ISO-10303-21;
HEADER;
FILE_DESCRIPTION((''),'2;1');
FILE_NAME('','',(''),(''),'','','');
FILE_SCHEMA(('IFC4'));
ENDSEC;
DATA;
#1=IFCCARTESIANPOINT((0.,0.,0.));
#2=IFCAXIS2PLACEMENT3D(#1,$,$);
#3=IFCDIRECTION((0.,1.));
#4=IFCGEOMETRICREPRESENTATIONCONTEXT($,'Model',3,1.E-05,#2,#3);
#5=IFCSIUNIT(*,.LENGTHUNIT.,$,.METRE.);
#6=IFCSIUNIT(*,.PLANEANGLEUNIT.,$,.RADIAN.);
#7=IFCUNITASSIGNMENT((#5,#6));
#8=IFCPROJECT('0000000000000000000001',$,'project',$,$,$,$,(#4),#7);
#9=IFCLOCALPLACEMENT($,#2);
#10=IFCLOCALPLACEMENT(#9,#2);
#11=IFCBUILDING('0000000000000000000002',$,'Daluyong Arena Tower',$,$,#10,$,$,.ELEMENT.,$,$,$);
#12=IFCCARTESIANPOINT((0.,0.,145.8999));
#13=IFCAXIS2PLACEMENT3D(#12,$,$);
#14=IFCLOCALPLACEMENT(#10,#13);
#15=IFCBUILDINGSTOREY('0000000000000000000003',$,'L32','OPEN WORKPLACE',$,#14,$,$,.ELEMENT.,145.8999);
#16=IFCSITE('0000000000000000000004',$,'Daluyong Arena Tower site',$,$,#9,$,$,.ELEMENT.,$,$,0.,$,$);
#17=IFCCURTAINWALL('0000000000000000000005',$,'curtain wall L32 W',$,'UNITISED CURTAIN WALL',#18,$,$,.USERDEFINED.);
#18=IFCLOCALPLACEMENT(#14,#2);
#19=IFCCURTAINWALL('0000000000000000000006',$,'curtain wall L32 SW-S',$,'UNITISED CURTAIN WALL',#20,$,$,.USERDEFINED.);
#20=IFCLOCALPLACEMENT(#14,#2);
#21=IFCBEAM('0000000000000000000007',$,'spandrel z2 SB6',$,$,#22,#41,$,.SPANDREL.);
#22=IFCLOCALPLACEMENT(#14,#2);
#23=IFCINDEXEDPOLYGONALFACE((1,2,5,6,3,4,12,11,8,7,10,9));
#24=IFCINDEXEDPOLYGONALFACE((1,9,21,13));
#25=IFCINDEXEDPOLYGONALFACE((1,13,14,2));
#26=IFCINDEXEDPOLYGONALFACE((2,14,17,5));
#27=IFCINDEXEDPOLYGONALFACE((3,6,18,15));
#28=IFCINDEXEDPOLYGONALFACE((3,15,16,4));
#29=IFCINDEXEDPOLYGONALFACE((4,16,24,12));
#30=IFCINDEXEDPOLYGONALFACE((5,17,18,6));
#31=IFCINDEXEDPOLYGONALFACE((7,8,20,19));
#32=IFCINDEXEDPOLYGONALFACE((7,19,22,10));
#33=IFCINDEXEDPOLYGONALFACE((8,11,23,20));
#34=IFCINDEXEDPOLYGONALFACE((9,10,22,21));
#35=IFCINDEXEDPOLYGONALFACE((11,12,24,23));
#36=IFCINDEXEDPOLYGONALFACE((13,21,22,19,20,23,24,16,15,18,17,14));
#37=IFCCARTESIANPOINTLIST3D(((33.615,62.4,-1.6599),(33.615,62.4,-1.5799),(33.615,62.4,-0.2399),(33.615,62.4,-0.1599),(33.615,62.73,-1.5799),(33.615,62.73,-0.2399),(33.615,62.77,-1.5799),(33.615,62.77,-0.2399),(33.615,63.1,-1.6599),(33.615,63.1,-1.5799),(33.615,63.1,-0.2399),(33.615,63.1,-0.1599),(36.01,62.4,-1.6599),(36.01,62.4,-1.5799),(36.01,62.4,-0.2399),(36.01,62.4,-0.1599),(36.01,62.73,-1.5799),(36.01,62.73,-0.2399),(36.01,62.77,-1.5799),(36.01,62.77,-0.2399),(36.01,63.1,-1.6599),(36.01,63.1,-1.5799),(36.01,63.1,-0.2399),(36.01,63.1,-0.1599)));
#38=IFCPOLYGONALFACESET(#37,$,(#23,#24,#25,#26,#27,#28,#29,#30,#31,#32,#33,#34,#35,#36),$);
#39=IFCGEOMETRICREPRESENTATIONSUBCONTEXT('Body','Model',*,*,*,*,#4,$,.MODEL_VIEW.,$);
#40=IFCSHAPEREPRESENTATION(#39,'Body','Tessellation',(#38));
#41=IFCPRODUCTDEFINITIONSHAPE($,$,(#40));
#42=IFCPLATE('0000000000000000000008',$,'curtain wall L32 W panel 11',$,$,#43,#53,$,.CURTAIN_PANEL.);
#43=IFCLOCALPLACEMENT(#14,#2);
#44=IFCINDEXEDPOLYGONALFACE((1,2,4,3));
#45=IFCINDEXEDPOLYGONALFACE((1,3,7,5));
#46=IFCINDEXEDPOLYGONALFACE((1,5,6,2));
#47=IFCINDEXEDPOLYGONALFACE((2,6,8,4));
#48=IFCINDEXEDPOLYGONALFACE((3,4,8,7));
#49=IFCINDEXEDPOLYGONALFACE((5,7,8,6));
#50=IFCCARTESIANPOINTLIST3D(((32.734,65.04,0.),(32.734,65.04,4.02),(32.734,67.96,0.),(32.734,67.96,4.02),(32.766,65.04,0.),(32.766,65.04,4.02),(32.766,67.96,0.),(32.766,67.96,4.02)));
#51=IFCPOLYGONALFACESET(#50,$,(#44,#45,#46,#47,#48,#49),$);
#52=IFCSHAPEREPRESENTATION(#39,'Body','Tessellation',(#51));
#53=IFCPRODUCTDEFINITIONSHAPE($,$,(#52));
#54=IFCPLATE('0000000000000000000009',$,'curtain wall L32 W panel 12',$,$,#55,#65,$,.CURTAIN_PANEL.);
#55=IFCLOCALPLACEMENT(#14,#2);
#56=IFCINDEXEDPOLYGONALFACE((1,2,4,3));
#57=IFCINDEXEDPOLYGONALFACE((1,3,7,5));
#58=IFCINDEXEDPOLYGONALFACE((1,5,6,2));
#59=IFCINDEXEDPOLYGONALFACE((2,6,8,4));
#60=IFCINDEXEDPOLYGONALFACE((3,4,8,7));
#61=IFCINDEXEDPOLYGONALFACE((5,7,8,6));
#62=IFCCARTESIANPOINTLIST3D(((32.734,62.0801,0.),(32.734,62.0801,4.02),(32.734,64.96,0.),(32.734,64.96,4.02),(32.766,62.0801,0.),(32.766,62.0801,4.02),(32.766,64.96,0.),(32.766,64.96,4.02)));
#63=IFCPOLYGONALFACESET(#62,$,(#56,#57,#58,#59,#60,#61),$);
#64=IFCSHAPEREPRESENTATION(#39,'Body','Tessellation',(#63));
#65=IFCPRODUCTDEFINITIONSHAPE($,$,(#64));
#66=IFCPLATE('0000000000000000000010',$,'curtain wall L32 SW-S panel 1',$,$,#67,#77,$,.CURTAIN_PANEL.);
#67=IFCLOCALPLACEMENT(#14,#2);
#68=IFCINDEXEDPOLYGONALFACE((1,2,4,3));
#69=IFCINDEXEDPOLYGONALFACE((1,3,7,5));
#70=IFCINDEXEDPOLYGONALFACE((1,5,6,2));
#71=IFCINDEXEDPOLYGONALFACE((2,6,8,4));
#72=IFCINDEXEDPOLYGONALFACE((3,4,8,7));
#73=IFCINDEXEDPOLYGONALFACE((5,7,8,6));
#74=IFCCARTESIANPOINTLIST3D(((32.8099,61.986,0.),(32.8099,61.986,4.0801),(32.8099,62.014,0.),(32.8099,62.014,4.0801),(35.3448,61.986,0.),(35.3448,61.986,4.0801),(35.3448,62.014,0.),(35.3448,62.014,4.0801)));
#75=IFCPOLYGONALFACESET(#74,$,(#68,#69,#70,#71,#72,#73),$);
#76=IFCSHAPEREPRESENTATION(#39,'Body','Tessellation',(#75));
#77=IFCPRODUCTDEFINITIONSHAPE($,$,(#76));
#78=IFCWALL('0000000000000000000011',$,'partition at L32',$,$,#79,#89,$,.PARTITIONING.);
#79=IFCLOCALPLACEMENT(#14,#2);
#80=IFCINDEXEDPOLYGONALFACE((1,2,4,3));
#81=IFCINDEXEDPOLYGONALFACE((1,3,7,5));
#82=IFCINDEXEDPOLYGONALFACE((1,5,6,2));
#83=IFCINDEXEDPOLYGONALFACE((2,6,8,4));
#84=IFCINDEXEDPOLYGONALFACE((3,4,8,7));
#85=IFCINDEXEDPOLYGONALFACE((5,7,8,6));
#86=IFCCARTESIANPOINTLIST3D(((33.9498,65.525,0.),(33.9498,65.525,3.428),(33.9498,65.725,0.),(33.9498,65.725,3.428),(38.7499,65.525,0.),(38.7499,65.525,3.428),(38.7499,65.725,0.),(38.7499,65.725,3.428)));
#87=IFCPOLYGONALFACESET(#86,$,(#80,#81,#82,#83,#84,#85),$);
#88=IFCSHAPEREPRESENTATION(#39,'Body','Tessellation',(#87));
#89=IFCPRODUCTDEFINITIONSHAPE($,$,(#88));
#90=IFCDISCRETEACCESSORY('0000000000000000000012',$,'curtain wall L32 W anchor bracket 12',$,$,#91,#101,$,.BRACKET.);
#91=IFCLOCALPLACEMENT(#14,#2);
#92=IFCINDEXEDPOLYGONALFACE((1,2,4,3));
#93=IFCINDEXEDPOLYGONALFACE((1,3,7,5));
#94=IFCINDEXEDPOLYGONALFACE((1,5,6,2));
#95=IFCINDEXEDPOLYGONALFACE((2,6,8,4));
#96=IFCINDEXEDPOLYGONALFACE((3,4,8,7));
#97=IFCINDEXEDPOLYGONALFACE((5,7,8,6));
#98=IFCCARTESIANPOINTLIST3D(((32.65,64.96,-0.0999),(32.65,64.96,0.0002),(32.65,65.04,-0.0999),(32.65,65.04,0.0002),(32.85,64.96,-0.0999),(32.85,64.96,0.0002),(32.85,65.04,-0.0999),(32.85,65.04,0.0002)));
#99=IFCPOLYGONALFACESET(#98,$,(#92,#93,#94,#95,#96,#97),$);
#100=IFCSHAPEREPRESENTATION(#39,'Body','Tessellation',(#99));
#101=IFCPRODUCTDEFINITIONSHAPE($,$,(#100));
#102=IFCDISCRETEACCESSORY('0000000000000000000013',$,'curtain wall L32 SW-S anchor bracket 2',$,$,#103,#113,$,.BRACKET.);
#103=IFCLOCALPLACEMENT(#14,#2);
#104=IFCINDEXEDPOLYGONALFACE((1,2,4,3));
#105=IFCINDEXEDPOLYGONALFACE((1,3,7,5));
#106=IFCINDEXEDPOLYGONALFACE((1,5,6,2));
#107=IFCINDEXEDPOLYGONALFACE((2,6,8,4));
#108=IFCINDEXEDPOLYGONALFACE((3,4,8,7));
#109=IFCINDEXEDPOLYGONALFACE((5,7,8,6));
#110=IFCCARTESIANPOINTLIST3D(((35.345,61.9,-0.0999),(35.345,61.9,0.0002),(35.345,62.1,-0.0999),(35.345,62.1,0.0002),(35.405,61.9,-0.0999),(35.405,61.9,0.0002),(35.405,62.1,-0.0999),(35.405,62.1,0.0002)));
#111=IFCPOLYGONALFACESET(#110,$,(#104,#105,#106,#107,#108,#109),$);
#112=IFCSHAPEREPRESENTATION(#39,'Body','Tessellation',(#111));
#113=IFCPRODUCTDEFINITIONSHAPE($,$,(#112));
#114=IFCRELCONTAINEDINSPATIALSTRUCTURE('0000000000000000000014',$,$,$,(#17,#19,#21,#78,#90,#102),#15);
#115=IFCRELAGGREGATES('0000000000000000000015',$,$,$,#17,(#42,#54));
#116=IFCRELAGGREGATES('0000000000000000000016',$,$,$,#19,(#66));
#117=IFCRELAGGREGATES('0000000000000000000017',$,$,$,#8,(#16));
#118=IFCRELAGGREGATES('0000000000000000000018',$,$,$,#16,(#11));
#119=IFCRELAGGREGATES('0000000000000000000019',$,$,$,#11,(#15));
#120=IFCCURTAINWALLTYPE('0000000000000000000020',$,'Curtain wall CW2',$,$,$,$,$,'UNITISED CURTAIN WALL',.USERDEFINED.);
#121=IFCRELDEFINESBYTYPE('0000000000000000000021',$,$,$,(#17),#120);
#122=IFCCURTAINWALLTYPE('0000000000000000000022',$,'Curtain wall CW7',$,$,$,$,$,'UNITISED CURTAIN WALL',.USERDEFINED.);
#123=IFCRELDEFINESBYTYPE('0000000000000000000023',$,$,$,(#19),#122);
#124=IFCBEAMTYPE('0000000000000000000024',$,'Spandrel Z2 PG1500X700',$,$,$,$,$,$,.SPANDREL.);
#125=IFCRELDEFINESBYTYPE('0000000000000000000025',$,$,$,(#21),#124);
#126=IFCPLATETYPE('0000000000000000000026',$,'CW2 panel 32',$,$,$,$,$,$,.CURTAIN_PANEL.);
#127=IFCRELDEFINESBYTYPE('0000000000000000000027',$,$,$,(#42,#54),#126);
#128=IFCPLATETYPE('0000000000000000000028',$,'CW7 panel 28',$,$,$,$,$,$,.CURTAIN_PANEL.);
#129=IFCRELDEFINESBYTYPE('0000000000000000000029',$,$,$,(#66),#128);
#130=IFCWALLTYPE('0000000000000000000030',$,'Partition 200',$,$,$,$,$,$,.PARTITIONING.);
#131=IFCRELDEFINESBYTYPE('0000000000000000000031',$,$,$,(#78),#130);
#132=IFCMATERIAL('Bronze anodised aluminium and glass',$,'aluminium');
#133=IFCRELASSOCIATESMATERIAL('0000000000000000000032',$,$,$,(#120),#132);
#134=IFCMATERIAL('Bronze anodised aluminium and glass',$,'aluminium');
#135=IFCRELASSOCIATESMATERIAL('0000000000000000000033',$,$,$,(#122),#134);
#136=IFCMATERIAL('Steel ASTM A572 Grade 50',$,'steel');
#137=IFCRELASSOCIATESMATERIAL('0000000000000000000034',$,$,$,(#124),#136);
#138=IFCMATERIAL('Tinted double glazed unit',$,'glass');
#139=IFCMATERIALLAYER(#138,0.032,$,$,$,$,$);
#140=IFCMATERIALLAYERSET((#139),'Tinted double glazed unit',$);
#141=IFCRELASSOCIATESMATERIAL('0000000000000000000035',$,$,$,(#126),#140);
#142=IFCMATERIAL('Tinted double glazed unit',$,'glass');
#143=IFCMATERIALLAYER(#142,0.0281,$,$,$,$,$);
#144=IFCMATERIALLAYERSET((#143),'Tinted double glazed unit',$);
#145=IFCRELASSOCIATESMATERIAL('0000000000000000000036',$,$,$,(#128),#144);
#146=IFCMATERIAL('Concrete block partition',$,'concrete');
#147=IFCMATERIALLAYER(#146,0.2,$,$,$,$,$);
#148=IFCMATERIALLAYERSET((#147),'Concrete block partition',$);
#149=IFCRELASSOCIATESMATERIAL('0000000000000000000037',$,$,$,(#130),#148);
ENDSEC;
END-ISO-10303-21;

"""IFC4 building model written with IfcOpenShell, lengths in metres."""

from ifc_helpers import new_model, si_unit, direction, frame, frame_2d, origin, origin_2d, place, context, subcontext, project, spatial, rectangle, i_section, extrude, material, layer, layer_set, material_profile, profile_set, type_object, element, aggregate, save


model = new_model("IFC4")

# Units and contexts
model_context = context("Model", 3, precision=1e-05, world=origin(), true_north=direction((0.0, 1.0)))
body_context = subcontext(model_context, "Body", "Model", "MODEL_VIEW")
ifc_project = project(units=[si_unit("LENGTHUNIT", "METRE"), si_unit("PLANEANGLEUNIT", "RADIAN")], contexts=[model_context])

# Site, building, storey
site_placement = place(None, origin())
site = spatial("IfcSite", under=ifc_project, at=site_placement, Name="Daluyong Arena Tower site", CompositionType="ELEMENT", RefElevation=0.0)
building_placement = place(site_placement, origin())
building = spatial("IfcBuilding", under=site, at=building_placement, Name="Daluyong Arena Tower", CompositionType="ELEMENT")
storey_placement = place(building_placement, frame((0.0, 0.0, 145.8999)))
storey = spatial("IfcBuildingStorey", under=building, at=storey_placement, Name="L32", Description="OPEN WORKPLACE", CompositionType="ELEMENT", Elevation=145.8999)

# Curtain walls
ifc_material_1 = material(Name="Bronze anodised aluminium and glass", Category="aluminium")
curtain_wall_type_1 = type_object("IfcCurtainWallType", Name="Curtain wall CW2", ElementType="UNITISED CURTAIN WALL", PredefinedType="USERDEFINED", material=ifc_material_1)
curtain_wall_1_placement = place(storey_placement, origin())
curtain_wall_1 = element("IfcCurtainWall", 1, at=curtain_wall_1_placement, inside=storey, type_object=curtain_wall_type_1, Name="curtain wall L32 W", ObjectType="UNITISED CURTAIN WALL", PredefinedType="USERDEFINED")
ifc_material_2 = material(Name="Bronze anodised aluminium and glass", Category="aluminium")
curtain_wall_type_2 = type_object("IfcCurtainWallType", Name="Curtain wall CW7", ElementType="UNITISED CURTAIN WALL", PredefinedType="USERDEFINED", material=ifc_material_2)
curtain_wall_2_placement = place(storey_placement, origin())
curtain_wall_2 = element("IfcCurtainWall", 2, at=curtain_wall_2_placement, inside=storey, type_object=curtain_wall_type_2, Name="curtain wall L32 SW-S", ObjectType="UNITISED CURTAIN WALL", PredefinedType="USERDEFINED")

# Beam
ifc_material_3 = material(Name="Steel ASTM A572 Grade 50", Category="steel")
ifc_material_profile_1 = material_profile(ifc_material_3, i_section(OverallWidth=0.7, OverallDepth=1.5, WebThickness=0.04, FlangeThickness=0.08, at=origin_2d()))
ifc_profile_set_1 = profile_set([ifc_material_profile_1], Name="Steel ASTM A572 Grade 50")
beam_type_1 = type_object("IfcBeamType", Name="Spandrel Z2 PG1500X700", PredefinedType="SPANDREL", material=ifc_profile_set_1)
beam_1_placement = place(storey_placement, frame((33.615, 62.75, -0.9099), z_axis=(1.0, 0.0, 0.0), x_axis=(0.0, 1.0, 0.0)))
element("IfcBeam", 3, at=beam_1_placement, inside=storey, type_object=beam_type_1, Name="spandrel z2 SB6", PredefinedType="SPANDREL", context=body_context, shape_type="SweptSolid", body=[
    extrude(i_section(OverallWidth=0.7, OverallDepth=1.5, WebThickness=0.04, FlangeThickness=0.08, at=origin_2d()), origin(), (0.0, 0.0, 1.0), 2.395),
])

# Plates
ifc_material_4 = material(Name="Tinted double glazed unit", Category="glass")
ifc_layer_1 = layer(ifc_material_4, 0.032)
ifc_layer_set_1 = layer_set([ifc_layer_1], Name="Tinted double glazed unit")
plate_type_1 = type_object("IfcPlateType", Name="CW2 panel 32", PredefinedType="CURTAIN_PANEL", material=ifc_layer_set_1)
plate_1_placement = place(storey_placement, frame((32.75, 66.5, 0.0), z_axis=(0.0, 0.0, 1.0), x_axis=(0.0, -1.0, 0.0)))
plate_1 = element("IfcPlate", 4, at=plate_1_placement, type_object=plate_type_1, Name="curtain wall L32 W panel 11", PredefinedType="CURTAIN_PANEL", context=body_context, shape_type="SweptSolid", body=[
    extrude(rectangle(XDim=2.9199, YDim=0.032, at=origin_2d()), origin(), (0.0, 0.0, 1.0), 4.02),
])
plate_2_placement = place(storey_placement, frame((32.75, 63.52, 0.0), z_axis=(0.0, 0.0, 1.0), x_axis=(0.0, -1.0, 0.0)))
plate_2 = element("IfcPlate", 5, at=plate_2_placement, type_object=plate_type_1, Name="curtain wall L32 W panel 12", PredefinedType="CURTAIN_PANEL", context=body_context, shape_type="SweptSolid", body=[
    extrude(rectangle(XDim=2.8799, YDim=0.032, at=origin_2d()), origin(), (0.0, 0.0, 1.0), 4.02),
])
aggregate(curtain_wall_1, [plate_1, plate_2])
ifc_material_5 = material(Name="Tinted double glazed unit", Category="glass")
ifc_layer_2 = layer(ifc_material_5, 0.0281)
ifc_layer_set_2 = layer_set([ifc_layer_2], Name="Tinted double glazed unit")
plate_type_2 = type_object("IfcPlateType", Name="CW7 panel 28", PredefinedType="CURTAIN_PANEL", material=ifc_layer_set_2)
plate_3_placement = place(storey_placement, frame((34.0774, 62.0, 0.0), z_axis=(0.0, 0.0, 1.0), x_axis=(1.0, 0.0, 0.0)))
plate_3 = element("IfcPlate", 6, at=plate_3_placement, type_object=plate_type_2, Name="curtain wall L32 SW-S panel 1", PredefinedType="CURTAIN_PANEL", context=body_context, shape_type="SweptSolid", body=[
    extrude(rectangle(XDim=2.5349, YDim=0.0281, at=origin_2d()), origin(), (0.0, 0.0, 1.0), 4.0801),
])
aggregate(curtain_wall_2, [plate_3])

# Wall
ifc_material_6 = material(Name="Concrete block partition", Category="concrete")
ifc_layer_3 = layer(ifc_material_6, 0.2)
ifc_layer_set_3 = layer_set([ifc_layer_3], Name="Concrete block partition")
wall_type = type_object("IfcWallType", Name="Partition 200", PredefinedType="PARTITIONING", material=ifc_layer_set_3)
wall_placement = place(storey_placement, frame((33.95, 65.625, 0.0), z_axis=(0.0, 0.0, 1.0), x_axis=(1.0, 0.0, 0.0)))
element("IfcWall", 7, at=wall_placement, inside=storey, type_object=wall_type, Name="partition at L32", PredefinedType="PARTITIONING", context=body_context, shape_type="SweptSolid", body=[
    extrude(rectangle(XDim=4.8, YDim=0.2, at=frame_2d((2.3999, 0.0))), origin(), (0.0, 0.0, 1.0), 3.428),
])

# Discrete accessories
discrete_accessory_1_placement = place(storey_placement, frame((32.75, 65.0, -0.0999), z_axis=(0.0, 0.0, 1.0), x_axis=(0.0, -1.0, 0.0)))
element("IfcDiscreteAccessory", 8, at=discrete_accessory_1_placement, inside=storey, Name="curtain wall L32 W anchor bracket 12", PredefinedType="BRACKET", context=body_context, shape_type="SweptSolid", body=[
    extrude(rectangle(XDim=0.0801, YDim=0.2, at=origin_2d()), origin(), (0.0, 0.0, 1.0), 0.1001),
])
discrete_accessory_2_placement = place(storey_placement, frame((35.375, 62.0, -0.0999), z_axis=(0.0, 0.0, 1.0), x_axis=(1.0, 0.0, 0.0)))
element("IfcDiscreteAccessory", 9, at=discrete_accessory_2_placement, inside=storey, Name="curtain wall L32 SW-S anchor bracket 2", PredefinedType="BRACKET", context=body_context, shape_type="SweptSolid", body=[
    extrude(rectangle(XDim=0.0601, YDim=0.2, at=origin_2d()), origin(), (0.0, 0.0, 1.0), 0.1001),
])

save(model, "model.ifc")
